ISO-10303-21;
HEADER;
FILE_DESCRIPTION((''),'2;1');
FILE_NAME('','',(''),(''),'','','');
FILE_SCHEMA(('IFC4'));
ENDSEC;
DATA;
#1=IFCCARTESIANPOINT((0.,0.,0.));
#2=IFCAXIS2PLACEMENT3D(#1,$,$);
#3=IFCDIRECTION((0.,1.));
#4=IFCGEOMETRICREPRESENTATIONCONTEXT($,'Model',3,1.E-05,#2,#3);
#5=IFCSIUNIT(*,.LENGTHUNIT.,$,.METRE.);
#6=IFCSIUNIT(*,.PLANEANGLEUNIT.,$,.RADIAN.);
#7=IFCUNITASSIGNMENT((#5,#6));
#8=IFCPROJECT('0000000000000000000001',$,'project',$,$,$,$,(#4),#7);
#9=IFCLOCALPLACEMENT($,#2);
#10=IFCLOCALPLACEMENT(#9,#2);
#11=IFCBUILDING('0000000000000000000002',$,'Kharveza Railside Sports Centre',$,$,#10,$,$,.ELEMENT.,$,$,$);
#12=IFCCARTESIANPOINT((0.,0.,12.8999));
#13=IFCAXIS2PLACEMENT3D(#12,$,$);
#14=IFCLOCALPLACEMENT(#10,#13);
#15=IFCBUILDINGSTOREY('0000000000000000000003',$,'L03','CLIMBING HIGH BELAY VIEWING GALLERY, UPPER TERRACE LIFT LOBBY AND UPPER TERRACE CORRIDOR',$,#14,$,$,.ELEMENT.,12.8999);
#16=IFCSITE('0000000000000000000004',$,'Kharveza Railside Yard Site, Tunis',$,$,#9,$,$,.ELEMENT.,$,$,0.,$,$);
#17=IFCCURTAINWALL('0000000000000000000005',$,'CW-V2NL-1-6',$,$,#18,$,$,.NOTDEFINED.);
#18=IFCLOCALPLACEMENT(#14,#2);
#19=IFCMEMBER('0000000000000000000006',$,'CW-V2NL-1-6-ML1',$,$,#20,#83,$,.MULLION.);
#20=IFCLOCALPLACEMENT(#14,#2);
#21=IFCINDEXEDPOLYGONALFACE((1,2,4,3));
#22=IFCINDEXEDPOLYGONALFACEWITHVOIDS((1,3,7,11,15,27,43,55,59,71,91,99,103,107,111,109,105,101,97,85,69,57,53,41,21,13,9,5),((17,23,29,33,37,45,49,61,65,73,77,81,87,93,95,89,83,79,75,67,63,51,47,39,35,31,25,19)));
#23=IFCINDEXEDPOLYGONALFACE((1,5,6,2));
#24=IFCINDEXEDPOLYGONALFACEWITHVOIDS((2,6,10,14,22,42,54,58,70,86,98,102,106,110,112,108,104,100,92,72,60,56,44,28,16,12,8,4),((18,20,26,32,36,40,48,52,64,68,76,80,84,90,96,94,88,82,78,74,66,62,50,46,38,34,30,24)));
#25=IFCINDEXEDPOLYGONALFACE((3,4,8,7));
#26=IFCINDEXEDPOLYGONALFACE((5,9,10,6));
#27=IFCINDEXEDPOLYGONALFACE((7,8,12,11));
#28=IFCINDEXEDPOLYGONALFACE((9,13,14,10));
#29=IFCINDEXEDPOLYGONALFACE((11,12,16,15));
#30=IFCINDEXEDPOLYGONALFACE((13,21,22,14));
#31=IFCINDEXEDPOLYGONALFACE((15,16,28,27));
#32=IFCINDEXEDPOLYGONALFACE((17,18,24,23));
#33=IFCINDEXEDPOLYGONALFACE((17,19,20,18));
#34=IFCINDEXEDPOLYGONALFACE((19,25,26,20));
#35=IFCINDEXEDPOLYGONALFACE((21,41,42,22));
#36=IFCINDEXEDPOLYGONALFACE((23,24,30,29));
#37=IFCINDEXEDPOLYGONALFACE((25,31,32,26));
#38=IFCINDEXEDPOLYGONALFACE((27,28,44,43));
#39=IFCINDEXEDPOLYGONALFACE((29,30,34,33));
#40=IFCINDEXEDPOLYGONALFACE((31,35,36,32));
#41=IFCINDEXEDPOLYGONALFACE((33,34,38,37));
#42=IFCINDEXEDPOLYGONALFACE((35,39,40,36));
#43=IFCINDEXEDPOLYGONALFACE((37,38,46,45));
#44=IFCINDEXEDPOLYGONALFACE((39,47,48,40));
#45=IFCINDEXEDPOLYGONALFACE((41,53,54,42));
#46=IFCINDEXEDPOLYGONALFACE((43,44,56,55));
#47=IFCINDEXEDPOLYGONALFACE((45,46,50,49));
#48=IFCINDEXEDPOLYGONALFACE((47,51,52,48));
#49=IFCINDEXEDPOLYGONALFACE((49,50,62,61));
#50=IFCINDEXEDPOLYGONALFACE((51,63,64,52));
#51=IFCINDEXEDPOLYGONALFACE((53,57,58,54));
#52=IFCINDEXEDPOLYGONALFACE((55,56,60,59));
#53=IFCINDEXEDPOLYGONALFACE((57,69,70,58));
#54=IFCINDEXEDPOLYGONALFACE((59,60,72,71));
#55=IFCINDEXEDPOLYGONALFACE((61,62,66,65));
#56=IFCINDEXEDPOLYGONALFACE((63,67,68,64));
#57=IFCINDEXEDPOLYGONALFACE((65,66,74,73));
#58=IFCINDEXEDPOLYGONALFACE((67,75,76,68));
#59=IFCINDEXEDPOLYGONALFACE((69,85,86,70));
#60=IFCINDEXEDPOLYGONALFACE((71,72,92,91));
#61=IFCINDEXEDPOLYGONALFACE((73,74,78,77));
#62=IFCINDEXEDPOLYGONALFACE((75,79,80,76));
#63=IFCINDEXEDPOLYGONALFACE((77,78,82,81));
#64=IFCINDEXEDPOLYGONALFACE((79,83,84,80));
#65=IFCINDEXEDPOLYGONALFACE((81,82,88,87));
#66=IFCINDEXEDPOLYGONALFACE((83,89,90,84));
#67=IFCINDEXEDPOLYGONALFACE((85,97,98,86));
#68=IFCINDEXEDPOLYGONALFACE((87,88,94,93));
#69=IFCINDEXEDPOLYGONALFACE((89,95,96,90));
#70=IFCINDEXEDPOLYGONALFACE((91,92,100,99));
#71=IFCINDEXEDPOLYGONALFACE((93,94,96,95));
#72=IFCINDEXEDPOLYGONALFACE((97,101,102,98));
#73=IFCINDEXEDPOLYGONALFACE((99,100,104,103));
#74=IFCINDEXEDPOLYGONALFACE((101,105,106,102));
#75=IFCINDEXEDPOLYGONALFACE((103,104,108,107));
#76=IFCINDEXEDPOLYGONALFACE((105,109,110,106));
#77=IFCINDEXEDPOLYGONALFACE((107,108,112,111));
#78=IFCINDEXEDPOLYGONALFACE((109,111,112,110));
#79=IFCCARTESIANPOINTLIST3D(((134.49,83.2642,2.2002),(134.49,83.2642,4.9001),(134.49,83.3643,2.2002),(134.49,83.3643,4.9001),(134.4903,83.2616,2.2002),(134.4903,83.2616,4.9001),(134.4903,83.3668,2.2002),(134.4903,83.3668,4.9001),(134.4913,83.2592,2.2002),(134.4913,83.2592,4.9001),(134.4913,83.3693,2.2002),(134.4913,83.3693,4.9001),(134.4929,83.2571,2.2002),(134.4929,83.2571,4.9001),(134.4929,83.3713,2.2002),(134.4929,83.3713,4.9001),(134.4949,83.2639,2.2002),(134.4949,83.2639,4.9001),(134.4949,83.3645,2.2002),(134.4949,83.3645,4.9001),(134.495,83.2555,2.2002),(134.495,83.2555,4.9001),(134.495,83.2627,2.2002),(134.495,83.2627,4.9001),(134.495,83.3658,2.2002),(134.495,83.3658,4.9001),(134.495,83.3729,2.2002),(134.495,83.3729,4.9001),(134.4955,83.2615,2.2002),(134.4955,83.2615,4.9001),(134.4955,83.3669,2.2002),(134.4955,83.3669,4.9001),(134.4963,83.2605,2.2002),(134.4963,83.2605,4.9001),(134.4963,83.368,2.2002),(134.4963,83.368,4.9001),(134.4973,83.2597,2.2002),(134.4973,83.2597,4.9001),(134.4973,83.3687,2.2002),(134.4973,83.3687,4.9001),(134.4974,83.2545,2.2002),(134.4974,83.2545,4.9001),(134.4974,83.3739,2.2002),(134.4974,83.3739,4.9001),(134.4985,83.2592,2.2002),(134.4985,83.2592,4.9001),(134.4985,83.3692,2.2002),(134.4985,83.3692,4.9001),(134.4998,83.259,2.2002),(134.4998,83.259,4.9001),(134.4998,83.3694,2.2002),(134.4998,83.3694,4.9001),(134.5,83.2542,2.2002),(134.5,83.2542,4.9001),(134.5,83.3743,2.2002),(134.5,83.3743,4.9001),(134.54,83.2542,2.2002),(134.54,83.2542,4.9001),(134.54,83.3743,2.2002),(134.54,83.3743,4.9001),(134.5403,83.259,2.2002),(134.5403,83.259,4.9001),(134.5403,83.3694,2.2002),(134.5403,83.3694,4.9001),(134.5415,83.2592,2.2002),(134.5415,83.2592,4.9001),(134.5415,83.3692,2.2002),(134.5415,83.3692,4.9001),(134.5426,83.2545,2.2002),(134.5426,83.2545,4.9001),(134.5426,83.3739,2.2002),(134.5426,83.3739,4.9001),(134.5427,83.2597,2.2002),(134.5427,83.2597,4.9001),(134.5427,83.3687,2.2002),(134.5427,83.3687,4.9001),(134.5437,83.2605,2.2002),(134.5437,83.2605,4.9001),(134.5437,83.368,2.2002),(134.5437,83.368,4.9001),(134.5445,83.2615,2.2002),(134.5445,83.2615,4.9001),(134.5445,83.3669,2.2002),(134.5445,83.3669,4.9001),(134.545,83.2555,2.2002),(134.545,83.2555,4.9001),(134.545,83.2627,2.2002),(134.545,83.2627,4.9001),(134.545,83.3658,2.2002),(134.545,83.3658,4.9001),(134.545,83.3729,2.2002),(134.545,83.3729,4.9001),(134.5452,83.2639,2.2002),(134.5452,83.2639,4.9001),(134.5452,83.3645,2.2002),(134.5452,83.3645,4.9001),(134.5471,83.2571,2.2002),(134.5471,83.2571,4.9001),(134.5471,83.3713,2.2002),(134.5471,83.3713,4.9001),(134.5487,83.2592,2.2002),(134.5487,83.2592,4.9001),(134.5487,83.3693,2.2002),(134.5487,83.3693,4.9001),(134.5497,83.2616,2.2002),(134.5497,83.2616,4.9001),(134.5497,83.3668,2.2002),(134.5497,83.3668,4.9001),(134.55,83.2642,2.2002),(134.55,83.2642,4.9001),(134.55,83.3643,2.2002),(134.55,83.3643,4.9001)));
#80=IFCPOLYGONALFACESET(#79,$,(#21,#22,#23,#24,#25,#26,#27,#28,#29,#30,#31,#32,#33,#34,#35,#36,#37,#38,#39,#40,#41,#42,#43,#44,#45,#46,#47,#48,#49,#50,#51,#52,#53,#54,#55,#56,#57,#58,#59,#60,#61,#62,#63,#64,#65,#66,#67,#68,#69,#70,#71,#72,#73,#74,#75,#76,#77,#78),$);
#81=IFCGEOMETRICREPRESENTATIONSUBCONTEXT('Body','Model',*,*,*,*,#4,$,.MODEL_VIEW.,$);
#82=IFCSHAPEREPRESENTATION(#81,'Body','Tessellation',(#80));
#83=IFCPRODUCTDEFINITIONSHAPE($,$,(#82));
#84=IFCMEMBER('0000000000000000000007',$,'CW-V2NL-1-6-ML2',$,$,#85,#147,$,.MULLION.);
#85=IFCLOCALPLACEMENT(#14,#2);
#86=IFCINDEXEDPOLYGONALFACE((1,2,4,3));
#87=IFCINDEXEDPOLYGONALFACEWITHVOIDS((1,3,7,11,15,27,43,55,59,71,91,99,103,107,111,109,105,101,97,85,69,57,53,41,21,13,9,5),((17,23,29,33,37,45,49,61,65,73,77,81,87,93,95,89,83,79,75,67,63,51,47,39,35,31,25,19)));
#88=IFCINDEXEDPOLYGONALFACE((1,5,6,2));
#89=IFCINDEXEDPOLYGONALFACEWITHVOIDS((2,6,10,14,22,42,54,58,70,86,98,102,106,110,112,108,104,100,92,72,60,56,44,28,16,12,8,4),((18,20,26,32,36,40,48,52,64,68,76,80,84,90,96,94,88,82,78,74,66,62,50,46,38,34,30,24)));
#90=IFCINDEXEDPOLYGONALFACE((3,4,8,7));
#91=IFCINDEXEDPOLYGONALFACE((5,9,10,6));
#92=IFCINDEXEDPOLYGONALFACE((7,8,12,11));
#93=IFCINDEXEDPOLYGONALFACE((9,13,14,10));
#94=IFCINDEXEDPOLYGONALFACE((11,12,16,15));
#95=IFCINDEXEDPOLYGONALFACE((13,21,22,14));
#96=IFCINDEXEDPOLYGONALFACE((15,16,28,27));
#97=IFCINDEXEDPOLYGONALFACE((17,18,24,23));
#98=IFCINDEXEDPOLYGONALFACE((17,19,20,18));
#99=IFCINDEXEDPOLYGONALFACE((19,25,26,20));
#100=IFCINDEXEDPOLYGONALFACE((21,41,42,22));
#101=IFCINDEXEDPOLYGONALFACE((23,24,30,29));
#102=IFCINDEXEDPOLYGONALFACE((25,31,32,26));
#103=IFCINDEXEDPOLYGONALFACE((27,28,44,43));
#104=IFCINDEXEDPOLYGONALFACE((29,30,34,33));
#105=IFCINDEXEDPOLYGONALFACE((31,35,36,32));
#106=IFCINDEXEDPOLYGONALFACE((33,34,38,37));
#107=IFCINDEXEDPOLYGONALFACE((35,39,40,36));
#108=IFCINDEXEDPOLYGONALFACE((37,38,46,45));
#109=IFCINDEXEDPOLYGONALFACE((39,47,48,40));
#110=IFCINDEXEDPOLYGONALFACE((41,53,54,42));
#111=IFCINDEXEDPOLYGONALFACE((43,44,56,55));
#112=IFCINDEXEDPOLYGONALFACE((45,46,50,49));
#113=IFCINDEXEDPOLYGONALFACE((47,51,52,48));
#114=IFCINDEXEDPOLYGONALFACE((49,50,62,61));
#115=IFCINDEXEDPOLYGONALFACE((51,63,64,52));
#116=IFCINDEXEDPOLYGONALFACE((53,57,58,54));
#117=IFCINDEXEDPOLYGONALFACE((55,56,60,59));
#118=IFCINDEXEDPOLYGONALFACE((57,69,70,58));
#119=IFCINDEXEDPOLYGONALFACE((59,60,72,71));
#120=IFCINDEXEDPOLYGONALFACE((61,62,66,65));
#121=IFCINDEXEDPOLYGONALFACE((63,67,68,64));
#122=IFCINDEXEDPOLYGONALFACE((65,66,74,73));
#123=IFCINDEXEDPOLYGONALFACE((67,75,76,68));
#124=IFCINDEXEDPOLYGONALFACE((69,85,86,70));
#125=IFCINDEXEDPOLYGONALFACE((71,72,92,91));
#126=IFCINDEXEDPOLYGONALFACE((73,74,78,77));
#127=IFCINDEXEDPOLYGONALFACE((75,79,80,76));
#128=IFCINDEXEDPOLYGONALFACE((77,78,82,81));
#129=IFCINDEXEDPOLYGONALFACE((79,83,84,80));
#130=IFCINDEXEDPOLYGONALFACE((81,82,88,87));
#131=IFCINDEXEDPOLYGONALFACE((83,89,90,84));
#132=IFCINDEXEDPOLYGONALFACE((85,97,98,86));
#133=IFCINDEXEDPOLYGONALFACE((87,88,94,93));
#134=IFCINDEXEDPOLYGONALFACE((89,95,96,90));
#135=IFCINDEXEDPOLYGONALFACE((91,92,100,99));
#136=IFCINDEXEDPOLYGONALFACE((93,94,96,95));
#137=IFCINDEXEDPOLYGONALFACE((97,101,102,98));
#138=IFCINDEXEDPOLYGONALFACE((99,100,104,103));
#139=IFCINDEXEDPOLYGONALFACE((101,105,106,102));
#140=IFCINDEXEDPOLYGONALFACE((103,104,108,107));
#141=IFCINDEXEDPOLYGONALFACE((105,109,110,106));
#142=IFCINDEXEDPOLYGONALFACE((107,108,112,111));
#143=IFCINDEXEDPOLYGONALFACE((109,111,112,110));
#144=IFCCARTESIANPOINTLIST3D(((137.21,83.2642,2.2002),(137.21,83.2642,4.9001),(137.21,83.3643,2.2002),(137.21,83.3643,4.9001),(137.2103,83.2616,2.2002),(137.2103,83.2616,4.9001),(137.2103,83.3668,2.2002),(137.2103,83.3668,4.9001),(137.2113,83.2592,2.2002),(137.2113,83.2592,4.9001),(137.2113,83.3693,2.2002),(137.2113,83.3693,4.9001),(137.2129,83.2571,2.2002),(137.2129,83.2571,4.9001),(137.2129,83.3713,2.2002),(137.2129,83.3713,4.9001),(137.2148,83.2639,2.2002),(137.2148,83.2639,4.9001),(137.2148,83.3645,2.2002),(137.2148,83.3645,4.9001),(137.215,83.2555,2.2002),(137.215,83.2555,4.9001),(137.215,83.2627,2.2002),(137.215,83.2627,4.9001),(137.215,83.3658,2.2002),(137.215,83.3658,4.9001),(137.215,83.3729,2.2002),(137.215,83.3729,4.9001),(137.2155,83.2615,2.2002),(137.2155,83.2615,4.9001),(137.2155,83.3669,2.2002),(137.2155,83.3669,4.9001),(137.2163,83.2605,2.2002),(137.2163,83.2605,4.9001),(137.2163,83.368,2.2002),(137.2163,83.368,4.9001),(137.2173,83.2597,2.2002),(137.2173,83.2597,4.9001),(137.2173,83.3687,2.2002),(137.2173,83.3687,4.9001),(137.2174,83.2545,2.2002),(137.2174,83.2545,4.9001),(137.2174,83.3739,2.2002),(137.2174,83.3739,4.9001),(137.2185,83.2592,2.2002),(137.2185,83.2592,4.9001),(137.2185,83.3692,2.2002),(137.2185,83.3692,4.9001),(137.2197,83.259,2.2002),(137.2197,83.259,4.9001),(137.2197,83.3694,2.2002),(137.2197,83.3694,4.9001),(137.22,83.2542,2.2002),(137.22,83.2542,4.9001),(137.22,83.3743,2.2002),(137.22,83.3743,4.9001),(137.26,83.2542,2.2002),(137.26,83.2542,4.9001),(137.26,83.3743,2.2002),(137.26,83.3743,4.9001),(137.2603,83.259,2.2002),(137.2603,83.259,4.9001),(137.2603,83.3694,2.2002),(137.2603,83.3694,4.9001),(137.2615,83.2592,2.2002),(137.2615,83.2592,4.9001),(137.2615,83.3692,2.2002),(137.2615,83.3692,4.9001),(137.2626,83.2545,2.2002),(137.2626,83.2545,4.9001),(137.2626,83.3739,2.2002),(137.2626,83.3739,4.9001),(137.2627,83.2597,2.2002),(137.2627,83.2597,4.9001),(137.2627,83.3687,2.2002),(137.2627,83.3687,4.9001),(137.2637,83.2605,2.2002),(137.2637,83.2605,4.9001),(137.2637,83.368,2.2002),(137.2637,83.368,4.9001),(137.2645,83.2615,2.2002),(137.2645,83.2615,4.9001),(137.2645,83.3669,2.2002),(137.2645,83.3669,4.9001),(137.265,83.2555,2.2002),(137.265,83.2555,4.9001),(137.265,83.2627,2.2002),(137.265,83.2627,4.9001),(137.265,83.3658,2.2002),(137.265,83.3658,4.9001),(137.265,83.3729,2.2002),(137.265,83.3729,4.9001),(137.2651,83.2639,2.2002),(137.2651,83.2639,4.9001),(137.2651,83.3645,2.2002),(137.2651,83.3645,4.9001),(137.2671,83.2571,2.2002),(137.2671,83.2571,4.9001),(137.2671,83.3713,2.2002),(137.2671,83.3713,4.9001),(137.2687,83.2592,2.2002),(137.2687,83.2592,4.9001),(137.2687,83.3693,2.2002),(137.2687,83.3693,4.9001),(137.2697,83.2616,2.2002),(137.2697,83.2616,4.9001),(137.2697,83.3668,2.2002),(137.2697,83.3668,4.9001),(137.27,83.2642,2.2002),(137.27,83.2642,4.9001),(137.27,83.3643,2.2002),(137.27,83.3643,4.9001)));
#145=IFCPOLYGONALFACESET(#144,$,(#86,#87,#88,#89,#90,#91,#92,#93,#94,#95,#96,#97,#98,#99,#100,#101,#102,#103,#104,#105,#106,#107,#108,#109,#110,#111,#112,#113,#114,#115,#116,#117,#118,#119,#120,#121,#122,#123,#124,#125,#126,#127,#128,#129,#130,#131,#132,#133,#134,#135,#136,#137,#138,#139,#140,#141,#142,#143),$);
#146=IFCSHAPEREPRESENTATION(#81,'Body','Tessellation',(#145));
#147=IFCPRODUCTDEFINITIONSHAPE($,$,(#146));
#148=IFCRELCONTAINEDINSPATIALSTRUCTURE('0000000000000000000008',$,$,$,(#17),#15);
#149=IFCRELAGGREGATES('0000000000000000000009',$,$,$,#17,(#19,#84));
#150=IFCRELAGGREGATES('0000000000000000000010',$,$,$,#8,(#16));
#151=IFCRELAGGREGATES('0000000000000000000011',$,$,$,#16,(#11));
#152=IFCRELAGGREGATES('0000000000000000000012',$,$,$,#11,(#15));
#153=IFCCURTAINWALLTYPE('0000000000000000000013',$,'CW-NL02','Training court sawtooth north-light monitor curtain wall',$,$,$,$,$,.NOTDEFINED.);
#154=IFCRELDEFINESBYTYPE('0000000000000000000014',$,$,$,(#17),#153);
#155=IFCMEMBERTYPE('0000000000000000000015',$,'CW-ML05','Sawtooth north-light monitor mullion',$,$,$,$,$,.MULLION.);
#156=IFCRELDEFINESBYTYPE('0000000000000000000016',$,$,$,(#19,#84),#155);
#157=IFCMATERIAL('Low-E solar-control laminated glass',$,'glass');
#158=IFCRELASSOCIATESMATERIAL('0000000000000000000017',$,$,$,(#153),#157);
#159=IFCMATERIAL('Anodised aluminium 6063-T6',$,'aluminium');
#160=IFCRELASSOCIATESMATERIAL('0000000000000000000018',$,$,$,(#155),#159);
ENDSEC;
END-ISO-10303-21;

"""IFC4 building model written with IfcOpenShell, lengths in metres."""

from ifc_helpers import new_model, si_unit, direction, frame, origin, origin_2d, place, context, subcontext, project, spatial, hollow_rectangle, extrude, material, material_profile, profile_set, type_object, element, aggregate, save


model = new_model("IFC4")

# Units and contexts
model_context = context("Model", 3, precision=1e-05, world=origin(), true_north=direction((0.0, 1.0)))
body_context = subcontext(model_context, "Body", "Model", "MODEL_VIEW")
ifc_project = project(units=[si_unit("LENGTHUNIT", "METRE"), si_unit("PLANEANGLEUNIT", "RADIAN")], contexts=[model_context])

# Site, building, storey
site_placement = place(None, origin())
site = spatial("IfcSite", under=ifc_project, at=site_placement, Name="Kharveza Railside Yard Site, Tunis", CompositionType="ELEMENT", RefElevation=0.0)
building_placement = place(site_placement, origin())
building = spatial("IfcBuilding", under=site, at=building_placement, Name="Kharveza Railside Sports Centre", CompositionType="ELEMENT")
storey_placement = place(building_placement, frame((0.0, 0.0, 12.8999)))
storey = spatial("IfcBuildingStorey", under=building, at=storey_placement, Name="L03", Description="CLIMBING HIGH BELAY VIEWING GALLERY, UPPER TERRACE LIFT LOBBY AND UPPER TERRACE CORRIDOR", CompositionType="ELEMENT", Elevation=12.8999)

# Curtain wall, members
ifc_material_1 = material(Name="Low-E solar-control laminated glass", Category="glass")
curtain_wall_type = type_object("IfcCurtainWallType", Name="CW-NL02", Description="Training court sawtooth north-light monitor curtain wall", PredefinedType="NOTDEFINED", material=ifc_material_1)
ifc_material_2 = material(Name="Anodised aluminium 6063-T6", Category="aluminium")
ifc_material_profile_1 = material_profile(ifc_material_2, hollow_rectangle(XDim=0.0601, YDim=0.1201, WallThickness=0.0049, InnerFilletRadius=0.0049, OuterFilletRadius=0.01, at=origin_2d()), Name="RHS 60x120x5.0")
ifc_profile_set_1 = profile_set([ifc_material_profile_1], Name="Anodised aluminium 6063-T6")
member_type_1 = type_object("IfcMemberType", Name="CW-ML05", Description="Sawtooth north-light monitor mullion", PredefinedType="MULLION", material=ifc_profile_set_1)
curtain_wall_1_placement = place(storey_placement, origin())
curtain_wall_1 = element("IfcCurtainWall", 1, at=curtain_wall_1_placement, inside=storey, type_object=curtain_wall_type, Name="CW-V2NL-1-6", PredefinedType="NOTDEFINED")
member_1_placement = place(storey_placement, frame((134.52, 83.3142, 2.2002), z_axis=(0.0, 0.0, 1.0), x_axis=(1.0, 0.0, 0.0)))
member_1 = element("IfcMember", 2, at=member_1_placement, type_object=member_type_1, Name="CW-V2NL-1-6-ML1", PredefinedType="MULLION", context=body_context, shape_type="SweptSolid", body=[
    extrude(hollow_rectangle(XDim=0.0601, YDim=0.1201, WallThickness=0.0049, InnerFilletRadius=0.0049, OuterFilletRadius=0.01, at=origin_2d()), origin(), (0.0, 0.0, 1.0), 2.7),
])
member_2_placement = place(storey_placement, frame((137.24, 83.3142, 2.2002), z_axis=(0.0, 0.0, 1.0), x_axis=(1.0, 0.0, 0.0)))
member_2 = element("IfcMember", 3, at=member_2_placement, type_object=member_type_1, Name="CW-V2NL-1-6-ML2", PredefinedType="MULLION", context=body_context, shape_type="SweptSolid", body=[
    extrude(hollow_rectangle(XDim=0.0601, YDim=0.1201, WallThickness=0.0049, InnerFilletRadius=0.0049, OuterFilletRadius=0.01, at=origin_2d()), origin(), (0.0, 0.0, 1.0), 2.7),
])

aggregate(curtain_wall_1, [member_1, member_2])

save(model, "model.ifc")
